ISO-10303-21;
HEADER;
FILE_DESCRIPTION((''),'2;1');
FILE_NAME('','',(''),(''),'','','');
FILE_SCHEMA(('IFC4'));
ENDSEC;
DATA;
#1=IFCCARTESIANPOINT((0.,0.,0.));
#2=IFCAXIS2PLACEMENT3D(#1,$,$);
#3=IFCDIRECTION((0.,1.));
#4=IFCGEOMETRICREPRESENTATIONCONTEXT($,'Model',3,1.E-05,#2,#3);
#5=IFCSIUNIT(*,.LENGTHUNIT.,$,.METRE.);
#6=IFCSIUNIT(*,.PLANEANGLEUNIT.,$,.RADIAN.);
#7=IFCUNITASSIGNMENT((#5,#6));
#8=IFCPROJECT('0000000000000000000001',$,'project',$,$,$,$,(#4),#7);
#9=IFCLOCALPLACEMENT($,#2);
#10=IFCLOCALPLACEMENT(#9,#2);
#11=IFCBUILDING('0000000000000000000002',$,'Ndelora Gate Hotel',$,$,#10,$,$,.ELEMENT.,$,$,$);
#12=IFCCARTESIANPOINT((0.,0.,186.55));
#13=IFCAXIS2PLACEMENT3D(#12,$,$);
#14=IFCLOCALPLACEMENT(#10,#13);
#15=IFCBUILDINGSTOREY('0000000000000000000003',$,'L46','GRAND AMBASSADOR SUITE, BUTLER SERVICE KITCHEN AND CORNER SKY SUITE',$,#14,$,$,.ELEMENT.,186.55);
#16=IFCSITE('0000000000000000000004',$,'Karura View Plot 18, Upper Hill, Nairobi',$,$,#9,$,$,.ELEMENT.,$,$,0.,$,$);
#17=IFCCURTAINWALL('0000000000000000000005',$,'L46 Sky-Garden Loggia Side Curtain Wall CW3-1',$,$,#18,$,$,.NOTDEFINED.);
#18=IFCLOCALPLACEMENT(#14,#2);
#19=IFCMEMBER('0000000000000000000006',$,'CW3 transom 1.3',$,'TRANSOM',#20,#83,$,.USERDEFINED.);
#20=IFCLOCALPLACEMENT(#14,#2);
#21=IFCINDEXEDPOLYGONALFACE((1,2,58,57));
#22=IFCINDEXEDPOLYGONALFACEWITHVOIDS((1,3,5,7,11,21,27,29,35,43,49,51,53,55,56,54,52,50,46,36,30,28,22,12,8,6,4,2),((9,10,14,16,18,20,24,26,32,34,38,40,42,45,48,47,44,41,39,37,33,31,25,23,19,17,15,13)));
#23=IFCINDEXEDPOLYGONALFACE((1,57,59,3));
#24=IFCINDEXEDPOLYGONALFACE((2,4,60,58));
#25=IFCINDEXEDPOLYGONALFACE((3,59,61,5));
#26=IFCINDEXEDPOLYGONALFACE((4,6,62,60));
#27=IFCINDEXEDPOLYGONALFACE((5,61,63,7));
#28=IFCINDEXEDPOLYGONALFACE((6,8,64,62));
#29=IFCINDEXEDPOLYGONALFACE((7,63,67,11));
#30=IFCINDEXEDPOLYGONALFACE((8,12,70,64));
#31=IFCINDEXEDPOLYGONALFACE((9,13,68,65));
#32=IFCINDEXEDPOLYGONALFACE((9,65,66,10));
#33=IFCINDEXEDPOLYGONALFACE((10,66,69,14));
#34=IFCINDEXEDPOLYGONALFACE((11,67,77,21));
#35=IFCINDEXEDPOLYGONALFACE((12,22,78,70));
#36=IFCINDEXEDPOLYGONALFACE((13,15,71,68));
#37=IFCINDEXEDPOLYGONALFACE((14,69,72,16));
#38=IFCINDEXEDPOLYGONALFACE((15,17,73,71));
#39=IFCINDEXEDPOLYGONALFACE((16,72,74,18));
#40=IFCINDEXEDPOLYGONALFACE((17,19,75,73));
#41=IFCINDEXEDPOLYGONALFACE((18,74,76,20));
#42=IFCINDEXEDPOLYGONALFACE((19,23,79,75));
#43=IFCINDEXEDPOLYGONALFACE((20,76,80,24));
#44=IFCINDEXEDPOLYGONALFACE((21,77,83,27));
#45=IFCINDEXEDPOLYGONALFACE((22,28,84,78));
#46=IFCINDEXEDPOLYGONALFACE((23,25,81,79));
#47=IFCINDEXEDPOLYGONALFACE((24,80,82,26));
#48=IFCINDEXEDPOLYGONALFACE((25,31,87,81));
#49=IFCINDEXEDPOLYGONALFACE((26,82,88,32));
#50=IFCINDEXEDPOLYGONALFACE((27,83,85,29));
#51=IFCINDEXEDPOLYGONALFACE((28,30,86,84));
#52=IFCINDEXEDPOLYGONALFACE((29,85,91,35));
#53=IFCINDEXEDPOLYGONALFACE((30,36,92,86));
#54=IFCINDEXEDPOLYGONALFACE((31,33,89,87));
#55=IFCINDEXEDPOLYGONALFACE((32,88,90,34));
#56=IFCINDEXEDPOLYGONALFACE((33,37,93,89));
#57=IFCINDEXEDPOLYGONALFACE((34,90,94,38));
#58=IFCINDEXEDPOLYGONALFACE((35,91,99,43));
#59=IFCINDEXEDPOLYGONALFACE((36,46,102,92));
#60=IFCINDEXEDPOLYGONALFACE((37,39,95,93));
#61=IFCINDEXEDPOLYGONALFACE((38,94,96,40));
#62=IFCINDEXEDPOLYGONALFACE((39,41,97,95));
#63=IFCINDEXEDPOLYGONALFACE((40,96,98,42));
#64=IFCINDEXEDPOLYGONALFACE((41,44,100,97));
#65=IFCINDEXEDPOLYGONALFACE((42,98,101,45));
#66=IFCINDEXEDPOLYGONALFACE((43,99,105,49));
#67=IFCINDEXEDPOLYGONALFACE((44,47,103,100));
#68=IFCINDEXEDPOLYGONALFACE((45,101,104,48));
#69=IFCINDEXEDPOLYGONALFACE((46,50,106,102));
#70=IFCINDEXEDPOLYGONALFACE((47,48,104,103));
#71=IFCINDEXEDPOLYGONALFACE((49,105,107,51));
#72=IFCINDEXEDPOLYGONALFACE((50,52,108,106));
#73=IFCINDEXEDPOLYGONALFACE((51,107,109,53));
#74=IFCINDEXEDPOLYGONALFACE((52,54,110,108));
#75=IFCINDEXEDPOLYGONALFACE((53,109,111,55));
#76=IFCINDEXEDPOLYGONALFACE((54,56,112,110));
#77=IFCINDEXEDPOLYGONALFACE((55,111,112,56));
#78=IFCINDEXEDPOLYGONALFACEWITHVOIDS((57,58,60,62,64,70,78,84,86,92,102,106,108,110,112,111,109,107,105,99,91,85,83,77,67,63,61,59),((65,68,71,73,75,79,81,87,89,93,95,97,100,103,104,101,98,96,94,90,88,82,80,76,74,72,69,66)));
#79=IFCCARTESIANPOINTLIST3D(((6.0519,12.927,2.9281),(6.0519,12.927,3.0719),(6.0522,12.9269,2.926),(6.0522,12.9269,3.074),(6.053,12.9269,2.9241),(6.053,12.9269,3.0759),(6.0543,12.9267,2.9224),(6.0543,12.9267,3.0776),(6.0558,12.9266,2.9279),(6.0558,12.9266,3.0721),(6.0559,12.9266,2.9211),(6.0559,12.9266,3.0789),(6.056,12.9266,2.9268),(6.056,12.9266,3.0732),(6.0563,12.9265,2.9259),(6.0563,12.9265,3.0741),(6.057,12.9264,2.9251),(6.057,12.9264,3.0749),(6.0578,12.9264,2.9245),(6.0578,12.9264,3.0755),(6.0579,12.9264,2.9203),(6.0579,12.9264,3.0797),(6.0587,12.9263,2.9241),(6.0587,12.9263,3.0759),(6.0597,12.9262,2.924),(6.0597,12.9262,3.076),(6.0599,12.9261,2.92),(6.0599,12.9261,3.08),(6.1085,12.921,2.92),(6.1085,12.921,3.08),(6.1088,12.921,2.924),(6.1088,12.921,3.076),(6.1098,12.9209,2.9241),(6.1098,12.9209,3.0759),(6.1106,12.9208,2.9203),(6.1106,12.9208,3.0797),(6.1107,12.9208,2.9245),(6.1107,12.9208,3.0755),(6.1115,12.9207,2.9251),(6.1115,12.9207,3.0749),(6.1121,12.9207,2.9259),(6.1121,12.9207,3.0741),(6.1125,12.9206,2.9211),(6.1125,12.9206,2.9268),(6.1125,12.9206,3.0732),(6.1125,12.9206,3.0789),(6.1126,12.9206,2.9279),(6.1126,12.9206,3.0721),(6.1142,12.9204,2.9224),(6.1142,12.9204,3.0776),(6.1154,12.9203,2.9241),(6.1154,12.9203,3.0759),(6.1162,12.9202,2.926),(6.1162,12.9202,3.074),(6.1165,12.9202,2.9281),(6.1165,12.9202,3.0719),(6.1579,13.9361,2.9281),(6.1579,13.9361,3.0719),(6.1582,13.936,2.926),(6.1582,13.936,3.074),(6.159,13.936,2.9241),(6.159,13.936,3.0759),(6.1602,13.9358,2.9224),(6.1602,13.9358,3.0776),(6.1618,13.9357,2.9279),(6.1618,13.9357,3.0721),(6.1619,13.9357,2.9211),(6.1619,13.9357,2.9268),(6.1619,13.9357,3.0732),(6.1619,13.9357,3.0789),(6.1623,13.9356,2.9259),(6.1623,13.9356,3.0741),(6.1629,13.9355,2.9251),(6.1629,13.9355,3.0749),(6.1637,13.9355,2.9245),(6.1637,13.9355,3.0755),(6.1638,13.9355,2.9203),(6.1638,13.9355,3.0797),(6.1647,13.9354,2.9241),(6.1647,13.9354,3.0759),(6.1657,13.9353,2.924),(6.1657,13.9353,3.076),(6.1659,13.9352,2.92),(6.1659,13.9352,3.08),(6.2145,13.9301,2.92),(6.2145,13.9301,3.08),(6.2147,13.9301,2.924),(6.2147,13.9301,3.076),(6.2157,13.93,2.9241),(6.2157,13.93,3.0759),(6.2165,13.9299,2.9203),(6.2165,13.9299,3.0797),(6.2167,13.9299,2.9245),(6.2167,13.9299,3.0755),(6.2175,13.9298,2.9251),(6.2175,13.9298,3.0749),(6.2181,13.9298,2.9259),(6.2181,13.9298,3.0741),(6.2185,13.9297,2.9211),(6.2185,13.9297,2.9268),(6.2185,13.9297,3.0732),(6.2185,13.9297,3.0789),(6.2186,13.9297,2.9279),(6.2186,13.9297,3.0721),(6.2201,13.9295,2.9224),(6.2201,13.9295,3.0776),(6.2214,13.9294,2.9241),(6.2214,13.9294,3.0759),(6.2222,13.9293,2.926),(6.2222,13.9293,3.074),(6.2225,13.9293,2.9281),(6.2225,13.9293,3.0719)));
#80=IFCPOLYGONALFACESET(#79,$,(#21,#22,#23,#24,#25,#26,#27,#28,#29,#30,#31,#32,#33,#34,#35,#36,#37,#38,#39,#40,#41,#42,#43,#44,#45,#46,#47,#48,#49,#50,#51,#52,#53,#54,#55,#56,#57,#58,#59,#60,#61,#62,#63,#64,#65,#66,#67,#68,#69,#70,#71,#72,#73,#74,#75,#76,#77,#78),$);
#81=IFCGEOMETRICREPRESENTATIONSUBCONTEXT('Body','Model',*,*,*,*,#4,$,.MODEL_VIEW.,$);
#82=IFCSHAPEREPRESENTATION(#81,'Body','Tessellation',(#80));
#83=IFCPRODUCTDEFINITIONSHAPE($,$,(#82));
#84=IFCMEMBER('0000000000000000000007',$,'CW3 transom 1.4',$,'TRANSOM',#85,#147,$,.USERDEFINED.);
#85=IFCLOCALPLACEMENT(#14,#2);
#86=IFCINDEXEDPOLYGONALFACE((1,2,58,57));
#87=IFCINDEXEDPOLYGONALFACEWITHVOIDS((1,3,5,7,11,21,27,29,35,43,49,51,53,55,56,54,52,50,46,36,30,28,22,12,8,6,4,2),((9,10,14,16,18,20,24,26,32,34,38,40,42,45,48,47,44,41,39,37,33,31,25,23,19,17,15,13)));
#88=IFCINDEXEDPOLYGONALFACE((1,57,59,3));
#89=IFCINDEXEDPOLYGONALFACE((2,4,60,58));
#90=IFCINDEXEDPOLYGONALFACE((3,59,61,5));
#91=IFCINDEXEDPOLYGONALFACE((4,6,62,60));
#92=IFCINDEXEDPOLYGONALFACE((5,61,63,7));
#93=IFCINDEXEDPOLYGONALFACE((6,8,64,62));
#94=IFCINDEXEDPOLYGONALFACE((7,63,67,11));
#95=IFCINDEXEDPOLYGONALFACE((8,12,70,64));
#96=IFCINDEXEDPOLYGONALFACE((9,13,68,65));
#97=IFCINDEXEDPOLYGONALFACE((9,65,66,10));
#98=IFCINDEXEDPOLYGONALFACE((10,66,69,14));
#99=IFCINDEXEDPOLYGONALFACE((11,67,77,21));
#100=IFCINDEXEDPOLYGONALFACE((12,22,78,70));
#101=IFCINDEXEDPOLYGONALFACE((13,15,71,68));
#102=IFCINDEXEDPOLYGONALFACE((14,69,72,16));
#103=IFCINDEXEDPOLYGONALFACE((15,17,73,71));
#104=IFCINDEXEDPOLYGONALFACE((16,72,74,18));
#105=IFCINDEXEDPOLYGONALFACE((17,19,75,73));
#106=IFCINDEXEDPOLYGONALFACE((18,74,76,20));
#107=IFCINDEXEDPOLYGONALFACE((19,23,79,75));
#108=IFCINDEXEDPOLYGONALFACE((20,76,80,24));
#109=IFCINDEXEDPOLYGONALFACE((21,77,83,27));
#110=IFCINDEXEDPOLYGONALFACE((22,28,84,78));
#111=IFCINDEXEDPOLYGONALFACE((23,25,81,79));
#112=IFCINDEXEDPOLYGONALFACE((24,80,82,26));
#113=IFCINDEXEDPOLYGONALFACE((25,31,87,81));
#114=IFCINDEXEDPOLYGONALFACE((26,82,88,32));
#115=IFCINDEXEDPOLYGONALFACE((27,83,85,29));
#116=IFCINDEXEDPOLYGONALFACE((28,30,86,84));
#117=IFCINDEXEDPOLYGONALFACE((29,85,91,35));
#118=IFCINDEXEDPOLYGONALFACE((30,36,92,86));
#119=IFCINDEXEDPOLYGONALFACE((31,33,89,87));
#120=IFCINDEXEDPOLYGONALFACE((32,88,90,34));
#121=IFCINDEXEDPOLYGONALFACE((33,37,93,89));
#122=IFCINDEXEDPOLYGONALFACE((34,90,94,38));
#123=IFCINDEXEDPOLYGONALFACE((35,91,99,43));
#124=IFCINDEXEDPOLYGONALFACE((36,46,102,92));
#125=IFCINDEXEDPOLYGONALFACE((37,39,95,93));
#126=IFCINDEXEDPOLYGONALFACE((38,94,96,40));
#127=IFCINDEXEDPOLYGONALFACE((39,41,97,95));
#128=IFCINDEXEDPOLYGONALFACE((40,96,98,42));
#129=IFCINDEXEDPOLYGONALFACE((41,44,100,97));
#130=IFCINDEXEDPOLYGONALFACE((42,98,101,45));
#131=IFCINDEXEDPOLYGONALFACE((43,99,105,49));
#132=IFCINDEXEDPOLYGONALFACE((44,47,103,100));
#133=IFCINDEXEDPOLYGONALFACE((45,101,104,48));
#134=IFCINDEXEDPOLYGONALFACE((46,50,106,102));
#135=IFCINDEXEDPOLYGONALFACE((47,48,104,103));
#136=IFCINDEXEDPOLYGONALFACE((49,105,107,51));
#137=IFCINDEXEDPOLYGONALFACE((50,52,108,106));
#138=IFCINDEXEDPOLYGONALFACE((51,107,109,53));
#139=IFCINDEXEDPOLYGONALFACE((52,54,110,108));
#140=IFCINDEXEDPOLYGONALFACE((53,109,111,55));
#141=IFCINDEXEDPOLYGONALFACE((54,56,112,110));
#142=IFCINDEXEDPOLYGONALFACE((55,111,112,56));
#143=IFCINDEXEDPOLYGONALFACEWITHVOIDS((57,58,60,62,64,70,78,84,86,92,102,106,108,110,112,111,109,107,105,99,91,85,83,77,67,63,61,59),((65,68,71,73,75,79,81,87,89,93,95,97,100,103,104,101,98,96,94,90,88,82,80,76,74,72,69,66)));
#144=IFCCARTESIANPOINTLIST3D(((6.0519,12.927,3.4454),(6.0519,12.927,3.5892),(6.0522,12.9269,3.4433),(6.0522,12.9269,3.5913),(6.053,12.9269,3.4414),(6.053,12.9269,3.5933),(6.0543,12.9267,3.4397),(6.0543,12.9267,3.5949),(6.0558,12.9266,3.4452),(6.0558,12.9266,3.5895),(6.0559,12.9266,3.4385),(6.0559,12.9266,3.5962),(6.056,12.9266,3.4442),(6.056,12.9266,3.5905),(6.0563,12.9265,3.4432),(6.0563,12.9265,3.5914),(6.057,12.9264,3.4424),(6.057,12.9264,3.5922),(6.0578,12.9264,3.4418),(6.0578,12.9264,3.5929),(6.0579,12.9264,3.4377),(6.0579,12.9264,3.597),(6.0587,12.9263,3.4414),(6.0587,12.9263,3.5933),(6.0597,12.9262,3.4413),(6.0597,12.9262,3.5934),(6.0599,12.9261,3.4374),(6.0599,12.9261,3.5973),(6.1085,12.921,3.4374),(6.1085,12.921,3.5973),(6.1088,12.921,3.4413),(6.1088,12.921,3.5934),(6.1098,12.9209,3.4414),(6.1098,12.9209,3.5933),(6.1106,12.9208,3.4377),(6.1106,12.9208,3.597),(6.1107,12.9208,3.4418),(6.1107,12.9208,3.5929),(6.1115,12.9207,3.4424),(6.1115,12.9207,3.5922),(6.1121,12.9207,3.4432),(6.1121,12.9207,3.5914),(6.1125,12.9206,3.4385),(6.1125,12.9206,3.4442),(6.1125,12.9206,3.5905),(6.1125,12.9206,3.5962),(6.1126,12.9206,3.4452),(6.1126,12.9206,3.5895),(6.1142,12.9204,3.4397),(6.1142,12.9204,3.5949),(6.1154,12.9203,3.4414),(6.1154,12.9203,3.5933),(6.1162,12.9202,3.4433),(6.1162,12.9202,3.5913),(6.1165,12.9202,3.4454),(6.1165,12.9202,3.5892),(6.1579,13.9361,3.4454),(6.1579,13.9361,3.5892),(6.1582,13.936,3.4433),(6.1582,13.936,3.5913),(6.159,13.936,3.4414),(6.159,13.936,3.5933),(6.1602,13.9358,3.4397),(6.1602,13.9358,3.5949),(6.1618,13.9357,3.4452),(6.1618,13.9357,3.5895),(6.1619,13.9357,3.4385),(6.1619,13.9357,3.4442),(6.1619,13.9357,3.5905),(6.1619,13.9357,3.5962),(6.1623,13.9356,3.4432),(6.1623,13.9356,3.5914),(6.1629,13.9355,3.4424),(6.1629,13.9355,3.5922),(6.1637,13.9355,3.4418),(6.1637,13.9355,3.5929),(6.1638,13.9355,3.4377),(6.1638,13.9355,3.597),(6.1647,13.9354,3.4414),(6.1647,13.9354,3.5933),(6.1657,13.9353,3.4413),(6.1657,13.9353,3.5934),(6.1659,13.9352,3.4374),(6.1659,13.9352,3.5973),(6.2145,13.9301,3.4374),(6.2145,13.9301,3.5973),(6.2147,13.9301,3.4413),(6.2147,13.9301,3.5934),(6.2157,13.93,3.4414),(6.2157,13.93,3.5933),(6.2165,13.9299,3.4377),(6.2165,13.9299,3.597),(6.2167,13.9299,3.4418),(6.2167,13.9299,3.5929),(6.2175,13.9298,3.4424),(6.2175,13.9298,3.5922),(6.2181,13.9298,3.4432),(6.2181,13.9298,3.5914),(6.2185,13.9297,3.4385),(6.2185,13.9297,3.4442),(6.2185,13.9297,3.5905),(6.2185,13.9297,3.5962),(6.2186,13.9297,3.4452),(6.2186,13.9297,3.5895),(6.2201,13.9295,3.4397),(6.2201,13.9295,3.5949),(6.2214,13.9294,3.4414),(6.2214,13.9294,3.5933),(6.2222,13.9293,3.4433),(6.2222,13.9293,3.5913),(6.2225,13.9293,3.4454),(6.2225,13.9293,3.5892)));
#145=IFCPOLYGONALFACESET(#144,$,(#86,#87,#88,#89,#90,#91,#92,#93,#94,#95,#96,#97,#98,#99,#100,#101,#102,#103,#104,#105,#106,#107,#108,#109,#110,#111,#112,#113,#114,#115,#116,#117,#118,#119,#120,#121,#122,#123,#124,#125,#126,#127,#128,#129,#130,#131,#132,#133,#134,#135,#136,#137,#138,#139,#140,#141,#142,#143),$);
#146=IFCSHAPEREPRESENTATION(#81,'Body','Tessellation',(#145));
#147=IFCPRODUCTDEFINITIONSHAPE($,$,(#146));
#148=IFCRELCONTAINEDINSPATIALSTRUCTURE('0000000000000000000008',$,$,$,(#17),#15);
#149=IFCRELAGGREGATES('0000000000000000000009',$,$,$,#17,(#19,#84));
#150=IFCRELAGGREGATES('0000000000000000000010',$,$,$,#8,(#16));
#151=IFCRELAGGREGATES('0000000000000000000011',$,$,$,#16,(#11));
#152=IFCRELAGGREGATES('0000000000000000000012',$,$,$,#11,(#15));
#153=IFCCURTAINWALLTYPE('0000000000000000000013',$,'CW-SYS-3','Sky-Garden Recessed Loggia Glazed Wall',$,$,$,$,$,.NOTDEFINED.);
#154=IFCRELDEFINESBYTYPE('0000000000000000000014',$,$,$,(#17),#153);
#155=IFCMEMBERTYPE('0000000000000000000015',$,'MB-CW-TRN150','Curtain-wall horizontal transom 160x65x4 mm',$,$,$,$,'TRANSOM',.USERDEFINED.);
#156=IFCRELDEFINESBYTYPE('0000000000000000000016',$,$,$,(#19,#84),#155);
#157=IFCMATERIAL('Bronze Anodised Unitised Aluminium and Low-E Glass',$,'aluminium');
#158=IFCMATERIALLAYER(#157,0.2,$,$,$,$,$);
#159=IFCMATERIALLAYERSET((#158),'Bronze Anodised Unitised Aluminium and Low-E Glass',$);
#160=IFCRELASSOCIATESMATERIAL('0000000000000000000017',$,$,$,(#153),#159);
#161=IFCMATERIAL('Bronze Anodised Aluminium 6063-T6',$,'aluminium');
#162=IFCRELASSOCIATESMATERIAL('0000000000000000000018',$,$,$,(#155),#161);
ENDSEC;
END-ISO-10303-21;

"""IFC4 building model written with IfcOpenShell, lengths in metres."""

from ifc_helpers import new_model, si_unit, direction, frame, origin, origin_2d, place, context, subcontext, project, spatial, hollow_rectangle, extrude, material, layer, layer_set, material_profile, profile_set, type_object, element, aggregate, save


model = new_model("IFC4")

# Units and contexts
model_context = context("Model", 3, precision=1e-05, world=origin(), true_north=direction((0.0, 1.0)))
body_context = subcontext(model_context, "Body", "Model", "MODEL_VIEW")
ifc_project = project(units=[si_unit("LENGTHUNIT", "METRE"), si_unit("PLANEANGLEUNIT", "RADIAN")], contexts=[model_context])

# Site, building, storey
site_placement = place(None, origin())
site = spatial("IfcSite", under=ifc_project, at=site_placement, Name="Karura View Plot 18, Upper Hill, Nairobi", CompositionType="ELEMENT", RefElevation=0.0)
building_placement = place(site_placement, origin())
building = spatial("IfcBuilding", under=site, at=building_placement, Name="Ndelora Gate Hotel", CompositionType="ELEMENT")
storey_placement = place(building_placement, frame((0.0, 0.0, 186.55)))
storey = spatial("IfcBuildingStorey", under=building, at=storey_placement, Name="L46", Description="GRAND AMBASSADOR SUITE, BUTLER SERVICE KITCHEN AND CORNER SKY SUITE", CompositionType="ELEMENT", Elevation=186.55)

# Curtain wall, members
ifc_material_1 = material(Name="Bronze Anodised Unitised Aluminium and Low-E Glass", Category="aluminium")
ifc_layer_1 = layer(ifc_material_1, 0.2)
ifc_layer_set_1 = layer_set([ifc_layer_1], Name="Bronze Anodised Unitised Aluminium and Low-E Glass")
curtain_wall_type = type_object("IfcCurtainWallType", Name="CW-SYS-3", Description="Sky-Garden Recessed Loggia Glazed Wall", PredefinedType="NOTDEFINED", material=ifc_layer_set_1)
curtain_wall_placement = place(storey_placement, origin())
curtain_wall = element("IfcCurtainWall", 1, at=curtain_wall_placement, inside=storey, type_object=curtain_wall_type, Name="L46 Sky-Garden Loggia Side Curtain Wall CW3-1", PredefinedType="NOTDEFINED")
ifc_material_2 = material(Name="Bronze Anodised Aluminium 6063-T6", Category="aluminium")
ifc_material_profile_1 = material_profile(ifc_material_2, hollow_rectangle(XDim=0.0649, YDim=0.1599, WallThickness=0.0039, InnerFilletRadius=0.0039, OuterFilletRadius=0.0081, at=origin_2d()), Name="ALU 160x65x4")
ifc_profile_set_1 = profile_set([ifc_material_profile_1], Name="Bronze Anodised Aluminium 6063-T6")
member_type_1 = type_object("IfcMemberType", Name="MB-CW-TRN150", Description="Curtain-wall horizontal transom 160x65x4 mm", ElementType="TRANSOM", PredefinedType="USERDEFINED", material=ifc_profile_set_1)
member_1_placement = place(storey_placement, frame((6.0842, 12.9236, 3.0), z_axis=(0.104434, 0.994532, 0.0), x_axis=(-0.994532, 0.104434, 0.0)))
member_1 = element("IfcMember", 2, at=member_1_placement, type_object=member_type_1, Name="CW3 transom 1.3", ObjectType="TRANSOM", PredefinedType="USERDEFINED", context=body_context, shape_type="SweptSolid", body=[
    extrude(hollow_rectangle(XDim=0.0649, YDim=0.1599, WallThickness=0.0039, InnerFilletRadius=0.0039, OuterFilletRadius=0.0081, at=origin_2d()), origin(), (0.0, 0.0, 1.0), 1.0146),
])
member_2_placement = place(storey_placement, frame((6.0842, 12.9236, 3.5173), z_axis=(0.104434, 0.994532, 0.0), x_axis=(-0.994532, 0.104434, 0.0)))
member_2 = element("IfcMember", 3, at=member_2_placement, type_object=member_type_1, Name="CW3 transom 1.4", ObjectType="TRANSOM", PredefinedType="USERDEFINED", context=body_context, shape_type="SweptSolid", body=[
    extrude(hollow_rectangle(XDim=0.0649, YDim=0.1599, WallThickness=0.0039, InnerFilletRadius=0.0039, OuterFilletRadius=0.0081, at=origin_2d()), origin(), (0.0, 0.0, 1.0), 1.0146),
])
aggregate(curtain_wall, [member_1, member_2])

save(model, "model.ifc")
